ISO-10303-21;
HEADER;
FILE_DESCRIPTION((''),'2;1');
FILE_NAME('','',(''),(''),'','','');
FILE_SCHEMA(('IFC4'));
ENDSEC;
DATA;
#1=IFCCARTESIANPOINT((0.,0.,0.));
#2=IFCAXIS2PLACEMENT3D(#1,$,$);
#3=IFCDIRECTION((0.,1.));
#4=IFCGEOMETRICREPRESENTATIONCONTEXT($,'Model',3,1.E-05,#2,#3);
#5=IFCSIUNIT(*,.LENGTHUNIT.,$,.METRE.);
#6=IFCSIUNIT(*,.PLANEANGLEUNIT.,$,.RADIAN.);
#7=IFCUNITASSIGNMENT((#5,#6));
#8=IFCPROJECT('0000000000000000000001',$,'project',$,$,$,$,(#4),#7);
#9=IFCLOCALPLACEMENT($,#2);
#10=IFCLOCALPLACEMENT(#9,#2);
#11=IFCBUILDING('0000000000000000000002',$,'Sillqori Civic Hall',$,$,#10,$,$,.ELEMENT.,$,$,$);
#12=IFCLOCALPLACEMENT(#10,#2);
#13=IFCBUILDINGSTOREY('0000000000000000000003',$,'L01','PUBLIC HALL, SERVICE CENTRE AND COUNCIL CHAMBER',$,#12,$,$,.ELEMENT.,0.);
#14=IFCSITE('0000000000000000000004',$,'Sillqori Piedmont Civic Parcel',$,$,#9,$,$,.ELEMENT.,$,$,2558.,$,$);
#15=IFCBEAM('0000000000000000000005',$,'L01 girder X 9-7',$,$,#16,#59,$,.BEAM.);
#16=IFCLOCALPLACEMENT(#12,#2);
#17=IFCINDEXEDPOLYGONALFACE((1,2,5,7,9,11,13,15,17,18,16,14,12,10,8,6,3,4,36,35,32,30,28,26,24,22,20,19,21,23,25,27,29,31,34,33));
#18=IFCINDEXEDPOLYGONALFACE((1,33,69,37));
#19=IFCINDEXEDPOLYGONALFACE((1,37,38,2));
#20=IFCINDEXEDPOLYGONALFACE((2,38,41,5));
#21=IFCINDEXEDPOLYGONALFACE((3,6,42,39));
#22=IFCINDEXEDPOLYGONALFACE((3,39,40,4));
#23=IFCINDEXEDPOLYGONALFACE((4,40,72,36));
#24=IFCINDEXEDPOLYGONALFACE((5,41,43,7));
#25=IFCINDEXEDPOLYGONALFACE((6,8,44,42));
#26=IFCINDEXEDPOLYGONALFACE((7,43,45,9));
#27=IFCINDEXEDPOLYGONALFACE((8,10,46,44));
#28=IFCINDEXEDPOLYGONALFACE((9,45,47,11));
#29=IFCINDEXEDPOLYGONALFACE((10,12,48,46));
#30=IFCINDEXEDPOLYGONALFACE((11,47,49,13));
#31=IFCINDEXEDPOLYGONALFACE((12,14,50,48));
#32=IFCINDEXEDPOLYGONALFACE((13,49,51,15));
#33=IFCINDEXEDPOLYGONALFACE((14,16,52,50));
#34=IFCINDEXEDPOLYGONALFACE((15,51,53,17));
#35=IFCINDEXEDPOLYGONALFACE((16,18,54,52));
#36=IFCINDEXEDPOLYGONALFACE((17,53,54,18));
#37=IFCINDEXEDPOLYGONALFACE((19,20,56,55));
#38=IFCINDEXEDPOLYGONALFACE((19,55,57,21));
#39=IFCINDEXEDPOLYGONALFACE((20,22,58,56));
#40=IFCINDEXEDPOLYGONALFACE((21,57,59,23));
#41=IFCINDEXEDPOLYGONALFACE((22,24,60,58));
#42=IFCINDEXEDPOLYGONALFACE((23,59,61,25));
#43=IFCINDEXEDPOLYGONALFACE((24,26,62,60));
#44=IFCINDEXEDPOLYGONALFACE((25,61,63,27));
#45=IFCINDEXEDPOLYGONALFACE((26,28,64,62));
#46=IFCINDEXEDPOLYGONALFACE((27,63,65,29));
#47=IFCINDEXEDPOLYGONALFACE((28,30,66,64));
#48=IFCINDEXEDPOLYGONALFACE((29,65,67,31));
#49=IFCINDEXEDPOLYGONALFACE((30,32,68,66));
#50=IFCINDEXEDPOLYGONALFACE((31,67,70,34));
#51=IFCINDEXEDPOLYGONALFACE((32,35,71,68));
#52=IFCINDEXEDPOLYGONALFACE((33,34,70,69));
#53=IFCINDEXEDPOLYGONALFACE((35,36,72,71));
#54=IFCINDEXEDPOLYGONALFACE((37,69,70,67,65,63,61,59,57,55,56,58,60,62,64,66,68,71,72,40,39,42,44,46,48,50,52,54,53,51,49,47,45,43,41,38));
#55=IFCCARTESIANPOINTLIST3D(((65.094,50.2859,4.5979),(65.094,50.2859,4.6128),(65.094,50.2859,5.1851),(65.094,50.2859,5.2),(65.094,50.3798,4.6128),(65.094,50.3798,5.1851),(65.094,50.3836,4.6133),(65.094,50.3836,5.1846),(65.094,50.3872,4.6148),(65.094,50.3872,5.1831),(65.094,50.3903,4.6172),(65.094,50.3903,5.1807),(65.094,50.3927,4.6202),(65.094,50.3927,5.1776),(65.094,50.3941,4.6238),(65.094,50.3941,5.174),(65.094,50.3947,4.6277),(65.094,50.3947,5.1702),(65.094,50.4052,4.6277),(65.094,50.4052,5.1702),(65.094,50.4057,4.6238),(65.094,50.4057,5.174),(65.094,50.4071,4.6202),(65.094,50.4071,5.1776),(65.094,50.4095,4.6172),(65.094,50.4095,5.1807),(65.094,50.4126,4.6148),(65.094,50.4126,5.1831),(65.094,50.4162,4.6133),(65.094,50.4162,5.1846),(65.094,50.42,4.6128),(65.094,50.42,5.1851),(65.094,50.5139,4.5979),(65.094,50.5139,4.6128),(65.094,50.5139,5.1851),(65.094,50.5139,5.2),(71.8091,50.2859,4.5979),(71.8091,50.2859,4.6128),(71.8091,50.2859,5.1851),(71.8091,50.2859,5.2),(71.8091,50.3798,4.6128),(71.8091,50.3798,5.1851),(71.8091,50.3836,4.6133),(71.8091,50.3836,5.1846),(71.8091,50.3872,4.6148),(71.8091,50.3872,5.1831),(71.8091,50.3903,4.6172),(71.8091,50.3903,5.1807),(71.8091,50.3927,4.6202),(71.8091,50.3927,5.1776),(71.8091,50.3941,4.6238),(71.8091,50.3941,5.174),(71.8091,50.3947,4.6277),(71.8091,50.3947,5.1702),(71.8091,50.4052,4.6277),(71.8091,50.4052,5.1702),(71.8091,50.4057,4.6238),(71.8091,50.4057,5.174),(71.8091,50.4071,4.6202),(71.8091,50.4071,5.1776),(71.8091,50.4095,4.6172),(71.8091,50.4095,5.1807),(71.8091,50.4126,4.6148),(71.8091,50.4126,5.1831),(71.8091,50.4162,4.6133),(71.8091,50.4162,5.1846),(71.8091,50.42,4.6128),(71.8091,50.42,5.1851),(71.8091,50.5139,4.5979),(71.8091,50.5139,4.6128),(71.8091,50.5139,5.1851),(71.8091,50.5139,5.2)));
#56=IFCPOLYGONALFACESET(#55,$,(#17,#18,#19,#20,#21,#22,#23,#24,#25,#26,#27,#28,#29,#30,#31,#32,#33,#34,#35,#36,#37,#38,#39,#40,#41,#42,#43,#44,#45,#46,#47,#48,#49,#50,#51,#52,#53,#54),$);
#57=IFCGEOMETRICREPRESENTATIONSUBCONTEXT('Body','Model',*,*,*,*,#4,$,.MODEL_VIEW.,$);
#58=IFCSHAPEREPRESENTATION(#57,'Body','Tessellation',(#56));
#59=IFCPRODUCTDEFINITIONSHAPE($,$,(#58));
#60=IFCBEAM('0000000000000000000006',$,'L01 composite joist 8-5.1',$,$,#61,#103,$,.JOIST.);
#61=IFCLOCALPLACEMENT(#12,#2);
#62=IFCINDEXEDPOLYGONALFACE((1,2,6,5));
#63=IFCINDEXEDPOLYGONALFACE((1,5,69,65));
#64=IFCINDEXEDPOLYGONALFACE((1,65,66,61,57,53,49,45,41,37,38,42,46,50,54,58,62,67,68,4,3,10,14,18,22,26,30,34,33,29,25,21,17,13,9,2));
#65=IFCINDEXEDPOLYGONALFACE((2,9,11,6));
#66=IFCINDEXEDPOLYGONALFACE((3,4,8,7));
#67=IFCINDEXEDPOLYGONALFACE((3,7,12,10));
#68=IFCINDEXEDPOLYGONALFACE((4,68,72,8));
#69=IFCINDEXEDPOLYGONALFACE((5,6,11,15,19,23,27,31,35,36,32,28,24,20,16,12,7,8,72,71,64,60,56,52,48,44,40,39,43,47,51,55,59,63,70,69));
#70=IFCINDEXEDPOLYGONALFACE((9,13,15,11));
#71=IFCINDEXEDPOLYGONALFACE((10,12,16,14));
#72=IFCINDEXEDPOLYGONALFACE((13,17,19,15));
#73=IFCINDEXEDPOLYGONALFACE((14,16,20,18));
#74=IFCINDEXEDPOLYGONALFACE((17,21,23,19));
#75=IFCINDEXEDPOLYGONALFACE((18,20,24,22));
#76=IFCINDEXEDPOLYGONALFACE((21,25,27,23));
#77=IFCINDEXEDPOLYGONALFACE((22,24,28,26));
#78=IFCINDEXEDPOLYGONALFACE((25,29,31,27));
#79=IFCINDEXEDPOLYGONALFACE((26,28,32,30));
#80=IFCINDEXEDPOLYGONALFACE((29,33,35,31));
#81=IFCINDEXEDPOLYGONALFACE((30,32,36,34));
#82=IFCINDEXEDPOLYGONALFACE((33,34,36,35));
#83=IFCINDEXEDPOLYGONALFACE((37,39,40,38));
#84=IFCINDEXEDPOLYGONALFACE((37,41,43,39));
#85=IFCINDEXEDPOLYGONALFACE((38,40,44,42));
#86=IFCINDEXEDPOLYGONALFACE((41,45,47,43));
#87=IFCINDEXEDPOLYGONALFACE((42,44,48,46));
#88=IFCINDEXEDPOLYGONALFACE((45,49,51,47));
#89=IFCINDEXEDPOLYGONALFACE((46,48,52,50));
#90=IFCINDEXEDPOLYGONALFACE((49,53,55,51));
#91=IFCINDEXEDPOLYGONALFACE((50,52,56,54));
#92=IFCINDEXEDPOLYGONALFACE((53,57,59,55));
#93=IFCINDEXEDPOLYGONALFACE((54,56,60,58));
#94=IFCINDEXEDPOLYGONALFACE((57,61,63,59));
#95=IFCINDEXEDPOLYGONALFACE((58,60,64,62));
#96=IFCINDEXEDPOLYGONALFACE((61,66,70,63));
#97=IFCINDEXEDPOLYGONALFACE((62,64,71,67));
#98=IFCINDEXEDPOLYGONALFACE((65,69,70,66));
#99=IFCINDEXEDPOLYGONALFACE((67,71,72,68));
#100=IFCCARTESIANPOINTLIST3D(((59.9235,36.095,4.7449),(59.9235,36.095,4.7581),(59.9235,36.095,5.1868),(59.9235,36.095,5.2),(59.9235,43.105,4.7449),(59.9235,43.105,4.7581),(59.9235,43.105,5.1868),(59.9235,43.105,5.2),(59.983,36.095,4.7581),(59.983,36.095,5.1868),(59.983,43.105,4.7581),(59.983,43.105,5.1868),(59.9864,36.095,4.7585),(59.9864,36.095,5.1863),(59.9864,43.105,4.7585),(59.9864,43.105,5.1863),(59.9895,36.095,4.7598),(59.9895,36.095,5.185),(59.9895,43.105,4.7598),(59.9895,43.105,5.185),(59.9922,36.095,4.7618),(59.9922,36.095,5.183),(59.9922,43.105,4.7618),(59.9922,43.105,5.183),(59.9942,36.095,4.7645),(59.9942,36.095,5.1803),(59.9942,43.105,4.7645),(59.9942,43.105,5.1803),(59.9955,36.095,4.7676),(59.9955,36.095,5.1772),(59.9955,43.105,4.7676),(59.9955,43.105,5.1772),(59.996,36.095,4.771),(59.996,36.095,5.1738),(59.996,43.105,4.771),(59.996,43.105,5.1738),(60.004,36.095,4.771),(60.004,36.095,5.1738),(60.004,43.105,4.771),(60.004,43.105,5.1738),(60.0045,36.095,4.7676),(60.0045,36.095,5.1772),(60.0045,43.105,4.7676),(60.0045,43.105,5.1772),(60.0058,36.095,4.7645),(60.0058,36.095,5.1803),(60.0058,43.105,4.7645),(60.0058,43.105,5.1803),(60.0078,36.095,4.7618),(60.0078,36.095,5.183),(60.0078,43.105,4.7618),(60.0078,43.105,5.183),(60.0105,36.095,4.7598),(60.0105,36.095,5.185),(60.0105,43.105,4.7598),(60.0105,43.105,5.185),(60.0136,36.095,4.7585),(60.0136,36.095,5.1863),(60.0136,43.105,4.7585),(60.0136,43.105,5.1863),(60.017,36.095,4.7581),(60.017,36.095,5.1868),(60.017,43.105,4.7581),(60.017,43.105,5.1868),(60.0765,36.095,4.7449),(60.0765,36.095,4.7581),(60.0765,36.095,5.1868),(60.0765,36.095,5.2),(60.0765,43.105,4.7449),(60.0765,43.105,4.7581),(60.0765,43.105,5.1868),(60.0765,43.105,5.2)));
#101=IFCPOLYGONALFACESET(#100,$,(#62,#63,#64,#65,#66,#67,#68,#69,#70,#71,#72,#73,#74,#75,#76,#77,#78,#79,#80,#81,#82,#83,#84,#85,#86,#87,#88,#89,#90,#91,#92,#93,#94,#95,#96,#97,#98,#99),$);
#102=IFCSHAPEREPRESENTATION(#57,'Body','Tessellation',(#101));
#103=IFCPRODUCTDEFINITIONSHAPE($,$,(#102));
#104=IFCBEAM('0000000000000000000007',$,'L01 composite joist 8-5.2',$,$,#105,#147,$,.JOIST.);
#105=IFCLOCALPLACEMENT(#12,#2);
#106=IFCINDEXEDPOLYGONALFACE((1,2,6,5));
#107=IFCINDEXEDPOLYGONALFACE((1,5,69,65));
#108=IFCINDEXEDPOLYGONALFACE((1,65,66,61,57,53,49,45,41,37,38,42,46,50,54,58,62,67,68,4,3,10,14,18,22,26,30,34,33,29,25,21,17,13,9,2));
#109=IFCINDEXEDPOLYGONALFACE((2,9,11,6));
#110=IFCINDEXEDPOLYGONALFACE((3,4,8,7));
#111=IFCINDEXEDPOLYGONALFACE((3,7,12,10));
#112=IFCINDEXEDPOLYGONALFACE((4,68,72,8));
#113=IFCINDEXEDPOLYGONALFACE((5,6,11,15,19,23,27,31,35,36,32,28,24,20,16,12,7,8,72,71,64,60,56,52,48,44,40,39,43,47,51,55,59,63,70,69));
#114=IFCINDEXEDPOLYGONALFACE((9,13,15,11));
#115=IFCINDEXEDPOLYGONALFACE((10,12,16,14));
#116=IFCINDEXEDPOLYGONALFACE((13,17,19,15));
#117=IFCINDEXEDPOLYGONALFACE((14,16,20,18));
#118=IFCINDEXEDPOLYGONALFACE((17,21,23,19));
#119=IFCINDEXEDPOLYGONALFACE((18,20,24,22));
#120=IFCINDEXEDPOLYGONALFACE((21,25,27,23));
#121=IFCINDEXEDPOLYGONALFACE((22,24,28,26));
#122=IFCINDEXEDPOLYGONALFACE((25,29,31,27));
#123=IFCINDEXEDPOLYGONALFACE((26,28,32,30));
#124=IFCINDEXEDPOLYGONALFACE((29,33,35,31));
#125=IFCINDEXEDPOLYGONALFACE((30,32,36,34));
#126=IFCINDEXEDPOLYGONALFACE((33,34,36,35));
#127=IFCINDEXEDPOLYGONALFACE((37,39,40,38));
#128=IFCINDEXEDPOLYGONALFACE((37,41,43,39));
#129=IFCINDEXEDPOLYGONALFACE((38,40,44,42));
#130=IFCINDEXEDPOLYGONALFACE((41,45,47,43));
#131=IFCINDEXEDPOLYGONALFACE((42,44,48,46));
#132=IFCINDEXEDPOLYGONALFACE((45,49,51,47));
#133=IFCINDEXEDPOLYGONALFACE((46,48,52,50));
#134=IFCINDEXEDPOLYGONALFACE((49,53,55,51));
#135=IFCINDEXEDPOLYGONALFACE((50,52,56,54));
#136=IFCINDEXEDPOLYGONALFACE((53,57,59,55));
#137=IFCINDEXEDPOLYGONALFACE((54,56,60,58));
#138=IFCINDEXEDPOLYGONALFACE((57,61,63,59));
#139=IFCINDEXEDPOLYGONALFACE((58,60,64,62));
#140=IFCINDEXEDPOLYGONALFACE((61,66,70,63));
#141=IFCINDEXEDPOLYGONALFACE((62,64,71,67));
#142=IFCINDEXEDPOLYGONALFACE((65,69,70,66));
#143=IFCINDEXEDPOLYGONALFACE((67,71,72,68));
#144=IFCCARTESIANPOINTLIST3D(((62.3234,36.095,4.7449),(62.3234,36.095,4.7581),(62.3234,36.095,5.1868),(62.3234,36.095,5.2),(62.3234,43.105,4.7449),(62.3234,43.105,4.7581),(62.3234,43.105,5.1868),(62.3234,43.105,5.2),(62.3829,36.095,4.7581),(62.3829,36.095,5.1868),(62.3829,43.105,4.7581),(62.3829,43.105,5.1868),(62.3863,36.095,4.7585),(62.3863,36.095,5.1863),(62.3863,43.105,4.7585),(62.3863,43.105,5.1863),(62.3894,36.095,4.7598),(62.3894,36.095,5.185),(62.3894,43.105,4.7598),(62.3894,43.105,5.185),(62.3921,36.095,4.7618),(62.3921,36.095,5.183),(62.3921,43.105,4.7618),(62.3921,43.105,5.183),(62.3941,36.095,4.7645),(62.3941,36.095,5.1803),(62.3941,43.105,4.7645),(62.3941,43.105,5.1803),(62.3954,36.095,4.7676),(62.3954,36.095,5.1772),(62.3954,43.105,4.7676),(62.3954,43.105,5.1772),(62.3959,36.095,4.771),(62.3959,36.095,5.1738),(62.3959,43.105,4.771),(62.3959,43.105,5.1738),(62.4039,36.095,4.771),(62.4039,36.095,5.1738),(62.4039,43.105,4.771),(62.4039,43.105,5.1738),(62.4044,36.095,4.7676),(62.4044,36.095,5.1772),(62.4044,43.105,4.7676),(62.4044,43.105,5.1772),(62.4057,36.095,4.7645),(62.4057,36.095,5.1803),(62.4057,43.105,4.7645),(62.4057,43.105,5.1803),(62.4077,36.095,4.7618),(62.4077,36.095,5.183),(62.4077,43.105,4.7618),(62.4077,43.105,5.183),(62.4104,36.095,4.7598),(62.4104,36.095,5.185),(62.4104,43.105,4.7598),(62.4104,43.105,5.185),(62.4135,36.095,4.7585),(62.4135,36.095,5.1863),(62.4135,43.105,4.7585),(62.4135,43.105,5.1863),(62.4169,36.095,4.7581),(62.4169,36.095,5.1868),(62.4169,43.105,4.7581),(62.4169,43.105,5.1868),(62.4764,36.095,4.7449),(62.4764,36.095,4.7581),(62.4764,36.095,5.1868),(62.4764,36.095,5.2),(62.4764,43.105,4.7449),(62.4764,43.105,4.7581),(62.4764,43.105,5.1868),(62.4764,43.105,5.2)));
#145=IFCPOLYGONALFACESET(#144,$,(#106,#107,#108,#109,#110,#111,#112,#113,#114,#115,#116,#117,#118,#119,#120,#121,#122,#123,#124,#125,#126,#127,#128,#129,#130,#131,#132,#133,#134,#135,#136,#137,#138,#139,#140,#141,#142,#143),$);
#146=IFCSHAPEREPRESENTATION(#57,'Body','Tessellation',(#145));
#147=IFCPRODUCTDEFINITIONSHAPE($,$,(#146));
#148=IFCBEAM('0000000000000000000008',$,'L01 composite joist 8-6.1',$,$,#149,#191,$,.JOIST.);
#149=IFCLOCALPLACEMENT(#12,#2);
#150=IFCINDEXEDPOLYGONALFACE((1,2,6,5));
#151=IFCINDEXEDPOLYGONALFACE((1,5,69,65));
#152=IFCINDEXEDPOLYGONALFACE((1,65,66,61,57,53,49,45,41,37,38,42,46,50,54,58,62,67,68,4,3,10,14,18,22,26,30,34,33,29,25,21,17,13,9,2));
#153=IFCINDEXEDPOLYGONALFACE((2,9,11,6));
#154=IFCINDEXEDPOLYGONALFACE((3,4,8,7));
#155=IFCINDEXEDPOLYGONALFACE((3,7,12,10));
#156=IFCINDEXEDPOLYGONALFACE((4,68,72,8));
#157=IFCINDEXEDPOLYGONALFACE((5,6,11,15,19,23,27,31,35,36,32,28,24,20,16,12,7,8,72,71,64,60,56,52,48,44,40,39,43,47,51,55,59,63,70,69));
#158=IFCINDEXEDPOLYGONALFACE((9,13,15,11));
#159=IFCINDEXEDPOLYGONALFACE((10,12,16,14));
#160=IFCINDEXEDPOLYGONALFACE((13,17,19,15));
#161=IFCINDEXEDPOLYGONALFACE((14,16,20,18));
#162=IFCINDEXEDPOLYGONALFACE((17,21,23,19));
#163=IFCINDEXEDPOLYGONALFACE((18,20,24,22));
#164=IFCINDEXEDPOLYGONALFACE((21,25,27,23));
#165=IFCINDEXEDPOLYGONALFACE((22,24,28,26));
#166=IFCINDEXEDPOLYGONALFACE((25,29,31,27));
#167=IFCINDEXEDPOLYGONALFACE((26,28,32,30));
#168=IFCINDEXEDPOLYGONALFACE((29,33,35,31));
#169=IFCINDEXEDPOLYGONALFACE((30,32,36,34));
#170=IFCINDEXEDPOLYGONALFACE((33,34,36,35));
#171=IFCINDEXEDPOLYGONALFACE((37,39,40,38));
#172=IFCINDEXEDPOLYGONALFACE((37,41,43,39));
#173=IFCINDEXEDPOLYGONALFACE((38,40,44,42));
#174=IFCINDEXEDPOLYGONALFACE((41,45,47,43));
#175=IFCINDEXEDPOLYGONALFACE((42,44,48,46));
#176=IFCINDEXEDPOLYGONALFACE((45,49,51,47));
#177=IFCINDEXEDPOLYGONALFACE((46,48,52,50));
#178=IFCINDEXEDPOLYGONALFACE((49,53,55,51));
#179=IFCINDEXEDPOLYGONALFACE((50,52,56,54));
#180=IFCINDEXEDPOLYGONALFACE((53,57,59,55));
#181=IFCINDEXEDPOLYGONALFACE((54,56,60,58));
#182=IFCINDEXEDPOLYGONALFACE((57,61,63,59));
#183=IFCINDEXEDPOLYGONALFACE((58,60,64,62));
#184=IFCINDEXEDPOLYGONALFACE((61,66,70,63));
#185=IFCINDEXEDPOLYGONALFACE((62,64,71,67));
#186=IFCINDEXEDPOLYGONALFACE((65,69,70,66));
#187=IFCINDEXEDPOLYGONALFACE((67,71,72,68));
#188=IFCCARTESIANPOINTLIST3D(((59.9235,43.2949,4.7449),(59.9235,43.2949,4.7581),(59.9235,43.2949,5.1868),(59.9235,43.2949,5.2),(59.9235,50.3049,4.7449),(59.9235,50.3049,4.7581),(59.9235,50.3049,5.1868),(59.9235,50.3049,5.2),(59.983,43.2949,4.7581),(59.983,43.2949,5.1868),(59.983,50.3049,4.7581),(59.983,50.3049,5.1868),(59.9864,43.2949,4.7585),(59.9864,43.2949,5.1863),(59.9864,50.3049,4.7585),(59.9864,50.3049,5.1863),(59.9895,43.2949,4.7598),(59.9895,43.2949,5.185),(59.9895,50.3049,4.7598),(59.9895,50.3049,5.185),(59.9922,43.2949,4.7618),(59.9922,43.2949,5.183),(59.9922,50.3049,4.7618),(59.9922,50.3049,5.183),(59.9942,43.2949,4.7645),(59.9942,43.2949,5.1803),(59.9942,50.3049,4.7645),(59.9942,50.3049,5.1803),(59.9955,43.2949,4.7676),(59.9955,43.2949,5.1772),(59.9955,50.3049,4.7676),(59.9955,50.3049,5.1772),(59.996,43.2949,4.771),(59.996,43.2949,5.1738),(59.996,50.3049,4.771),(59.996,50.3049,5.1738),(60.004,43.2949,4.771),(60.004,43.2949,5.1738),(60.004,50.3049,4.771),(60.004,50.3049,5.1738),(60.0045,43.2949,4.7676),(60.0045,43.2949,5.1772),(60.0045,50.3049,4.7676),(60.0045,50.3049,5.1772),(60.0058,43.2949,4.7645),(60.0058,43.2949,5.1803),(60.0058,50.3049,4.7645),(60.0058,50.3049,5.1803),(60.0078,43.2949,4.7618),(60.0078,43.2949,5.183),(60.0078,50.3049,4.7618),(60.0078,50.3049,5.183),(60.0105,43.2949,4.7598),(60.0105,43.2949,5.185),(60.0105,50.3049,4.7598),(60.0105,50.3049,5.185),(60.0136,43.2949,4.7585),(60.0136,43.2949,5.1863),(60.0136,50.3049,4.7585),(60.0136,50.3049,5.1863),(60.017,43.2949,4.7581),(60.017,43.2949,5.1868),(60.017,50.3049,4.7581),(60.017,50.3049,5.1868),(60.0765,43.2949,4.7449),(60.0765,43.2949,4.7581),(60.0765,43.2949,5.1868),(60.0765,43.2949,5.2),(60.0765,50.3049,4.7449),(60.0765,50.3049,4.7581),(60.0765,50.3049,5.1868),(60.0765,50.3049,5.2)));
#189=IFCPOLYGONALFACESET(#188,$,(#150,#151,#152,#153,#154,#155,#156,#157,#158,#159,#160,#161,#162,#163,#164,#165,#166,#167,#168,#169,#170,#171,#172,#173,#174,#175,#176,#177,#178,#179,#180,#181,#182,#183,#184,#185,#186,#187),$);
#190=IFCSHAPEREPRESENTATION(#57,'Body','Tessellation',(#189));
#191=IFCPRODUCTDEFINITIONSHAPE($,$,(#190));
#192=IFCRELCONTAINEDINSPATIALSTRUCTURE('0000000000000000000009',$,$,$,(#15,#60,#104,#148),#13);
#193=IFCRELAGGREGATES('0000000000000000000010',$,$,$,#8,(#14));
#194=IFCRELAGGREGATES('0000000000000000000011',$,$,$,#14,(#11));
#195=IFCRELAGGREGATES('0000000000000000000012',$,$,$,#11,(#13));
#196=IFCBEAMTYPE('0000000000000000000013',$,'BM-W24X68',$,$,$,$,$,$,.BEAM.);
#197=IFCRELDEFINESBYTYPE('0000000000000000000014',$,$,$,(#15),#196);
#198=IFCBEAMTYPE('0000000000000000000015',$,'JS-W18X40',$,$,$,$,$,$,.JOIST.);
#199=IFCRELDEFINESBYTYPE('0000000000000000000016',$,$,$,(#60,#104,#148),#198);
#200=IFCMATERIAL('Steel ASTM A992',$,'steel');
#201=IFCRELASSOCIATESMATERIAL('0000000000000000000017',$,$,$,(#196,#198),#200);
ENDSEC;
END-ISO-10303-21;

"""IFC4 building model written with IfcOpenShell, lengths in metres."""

from ifc_helpers import new_model, si_unit, direction, frame, origin, origin_2d, place, context, subcontext, project, spatial, i_section, extrude, material, material_profile, profile_set, type_object, element, save


model = new_model("IFC4")

# Units and contexts
model_context = context("Model", 3, precision=1e-05, world=origin(), true_north=direction((0.0, 1.0)))
body_context = subcontext(model_context, "Body", "Model", "MODEL_VIEW")
ifc_project = project(units=[si_unit("LENGTHUNIT", "METRE"), si_unit("PLANEANGLEUNIT", "RADIAN")], contexts=[model_context])

# Site, building, storey
site_placement = place(None, origin())
site = spatial("IfcSite", under=ifc_project, at=site_placement, Name="Sillqori Piedmont Civic Parcel", CompositionType="ELEMENT", RefElevation=2558.0)
building_placement = place(site_placement, origin())
building = spatial("IfcBuilding", under=site, at=building_placement, Name="Sillqori Civic Hall", CompositionType="ELEMENT")
storey_placement = place(building_placement, origin())
storey = spatial("IfcBuildingStorey", under=building, at=storey_placement, Name="L01", Description="PUBLIC HALL, SERVICE CENTRE AND COUNCIL CHAMBER", CompositionType="ELEMENT", Elevation=0.0)

# Shared definitions
ifc_material_1 = material(Name="Steel ASTM A992", Category="steel")

# Beams
ifc_material_profile_1 = material_profile(ifc_material_1, i_section(OverallWidth=0.228, OverallDepth=0.6021, WebThickness=0.0105, FlangeThickness=0.0149, FilletRadius=0.0149, at=origin_2d()), Name="W24X68")
ifc_profile_set_1 = profile_set([ifc_material_profile_1], Name="Steel ASTM A992")
beam_type_1 = type_object("IfcBeamType", Name="BM-W24X68", PredefinedType="BEAM", material=ifc_profile_set_1)
beam_1_placement = place(storey_placement, frame((65.094, 50.3999, 4.8989), z_axis=(1.0, 0.0, 0.0), x_axis=(0.0, 1.0, 0.0)))
element("IfcBeam", 1, at=beam_1_placement, inside=storey, type_object=beam_type_1, Name="L01 girder X 9-7", PredefinedType="BEAM", context=body_context, shape_type="SweptSolid", body=[
    extrude(i_section(OverallWidth=0.228, OverallDepth=0.6021, WebThickness=0.0105, FlangeThickness=0.0149, FilletRadius=0.0149, at=origin_2d()), origin(), (0.0, 0.0, 1.0), 6.7151),
])
ifc_material_profile_2 = material_profile(ifc_material_1, i_section(OverallWidth=0.1531, OverallDepth=0.4551, WebThickness=0.0081, FlangeThickness=0.0132, FilletRadius=0.0129, at=origin_2d()), Name="W18X40")
ifc_profile_set_2 = profile_set([ifc_material_profile_2], Name="Steel ASTM A992")
beam_type_2 = type_object("IfcBeamType", Name="JS-W18X40", PredefinedType="JOIST", material=ifc_profile_set_2)
for number, where, z_axis, x_axis, name in (
    (2, (60.0, 36.095, 4.9724), (0.0, 1.0, 0.0), (-1.0, 0.0, 0.0), "L01 composite joist 8-5.1"),
    (3, (62.3999, 36.095, 4.9724), (0.0, 1.0, 0.0), (-1.0, 0.0, 0.0), "L01 composite joist 8-5.2"),
    (4, (60.0, 43.2949, 4.9724), (0.0, 1.0, 0.0), (-1.0, 0.0, 0.0), "L01 composite joist 8-6.1"),
):
    element("IfcBeam", number, at=place(storey_placement, frame(where, z_axis=z_axis, x_axis=x_axis)), inside=storey, type_object=beam_type_2, Name=name, PredefinedType="JOIST", context=body_context, shape_type="SweptSolid", body=[
        extrude(i_section(OverallWidth=0.1531, OverallDepth=0.4551, WebThickness=0.0081, FlangeThickness=0.0132, FilletRadius=0.0129, at=origin_2d()), origin(), (0.0, 0.0, 1.0), 7.01),
    ])

save(model, "model.ifc")
